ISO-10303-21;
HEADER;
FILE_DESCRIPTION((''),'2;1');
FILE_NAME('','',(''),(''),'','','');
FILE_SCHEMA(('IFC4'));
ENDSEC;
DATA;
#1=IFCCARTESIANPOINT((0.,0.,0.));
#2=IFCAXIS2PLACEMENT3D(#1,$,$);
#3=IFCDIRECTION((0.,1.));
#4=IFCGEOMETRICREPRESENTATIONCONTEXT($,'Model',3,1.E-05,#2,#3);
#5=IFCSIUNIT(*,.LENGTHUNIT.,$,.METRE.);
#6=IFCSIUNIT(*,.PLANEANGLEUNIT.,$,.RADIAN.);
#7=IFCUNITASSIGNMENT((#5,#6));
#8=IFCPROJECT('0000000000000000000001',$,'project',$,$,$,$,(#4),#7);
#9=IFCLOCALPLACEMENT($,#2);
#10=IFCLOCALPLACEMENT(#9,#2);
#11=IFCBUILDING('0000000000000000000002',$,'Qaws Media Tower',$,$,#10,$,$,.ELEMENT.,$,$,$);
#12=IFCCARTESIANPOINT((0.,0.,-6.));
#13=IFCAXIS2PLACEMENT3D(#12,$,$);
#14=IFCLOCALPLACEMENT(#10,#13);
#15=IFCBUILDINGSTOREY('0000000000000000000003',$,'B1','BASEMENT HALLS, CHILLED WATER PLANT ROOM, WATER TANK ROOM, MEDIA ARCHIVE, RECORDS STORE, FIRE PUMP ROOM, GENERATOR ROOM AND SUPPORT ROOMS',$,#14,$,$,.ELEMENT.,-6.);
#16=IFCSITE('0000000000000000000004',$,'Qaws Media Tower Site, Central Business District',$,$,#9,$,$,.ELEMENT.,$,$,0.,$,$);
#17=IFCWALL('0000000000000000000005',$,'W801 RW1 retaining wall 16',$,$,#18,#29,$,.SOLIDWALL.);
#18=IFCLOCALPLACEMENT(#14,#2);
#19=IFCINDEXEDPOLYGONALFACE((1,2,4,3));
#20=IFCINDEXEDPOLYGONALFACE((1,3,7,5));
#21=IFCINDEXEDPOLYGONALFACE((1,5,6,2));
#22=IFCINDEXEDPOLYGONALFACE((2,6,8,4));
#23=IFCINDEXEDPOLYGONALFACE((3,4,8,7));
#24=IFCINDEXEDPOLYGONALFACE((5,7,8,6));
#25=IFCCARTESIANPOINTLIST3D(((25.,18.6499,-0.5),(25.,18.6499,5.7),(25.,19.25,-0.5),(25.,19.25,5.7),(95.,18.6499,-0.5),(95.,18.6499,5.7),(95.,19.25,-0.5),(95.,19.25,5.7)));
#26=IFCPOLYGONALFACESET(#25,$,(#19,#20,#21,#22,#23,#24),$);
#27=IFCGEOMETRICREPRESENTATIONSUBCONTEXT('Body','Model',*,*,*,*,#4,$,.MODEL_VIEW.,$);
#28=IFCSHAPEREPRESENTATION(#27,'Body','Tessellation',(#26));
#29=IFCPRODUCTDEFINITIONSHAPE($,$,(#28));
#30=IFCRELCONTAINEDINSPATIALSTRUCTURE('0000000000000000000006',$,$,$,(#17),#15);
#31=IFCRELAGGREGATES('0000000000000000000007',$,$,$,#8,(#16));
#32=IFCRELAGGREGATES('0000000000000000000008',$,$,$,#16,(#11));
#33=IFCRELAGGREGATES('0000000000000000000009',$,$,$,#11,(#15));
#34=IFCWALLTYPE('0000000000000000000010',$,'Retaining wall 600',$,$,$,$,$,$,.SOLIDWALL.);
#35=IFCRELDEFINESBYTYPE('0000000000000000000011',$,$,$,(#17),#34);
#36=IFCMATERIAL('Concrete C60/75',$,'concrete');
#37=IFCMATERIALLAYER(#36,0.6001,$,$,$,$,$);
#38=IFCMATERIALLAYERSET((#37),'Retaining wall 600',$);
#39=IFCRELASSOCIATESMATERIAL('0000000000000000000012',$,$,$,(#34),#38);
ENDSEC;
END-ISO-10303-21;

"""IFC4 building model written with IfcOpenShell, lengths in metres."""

from ifc_helpers import new_model, si_unit, direction, frame, frame_2d, origin, place, context, subcontext, project, spatial, rectangle, extrude, material, layer, layer_set, type_object, element, save


model = new_model("IFC4")

# Units and contexts
model_context = context("Model", 3, precision=1e-05, world=origin(), true_north=direction((0.0, 1.0)))
body_context = subcontext(model_context, "Body", "Model", "MODEL_VIEW")
ifc_project = project(units=[si_unit("LENGTHUNIT", "METRE"), si_unit("PLANEANGLEUNIT", "RADIAN")], contexts=[model_context])

# Site, building, storey
site_placement = place(None, origin())
site = spatial("IfcSite", under=ifc_project, at=site_placement, Name="Qaws Media Tower Site, Central Business District", CompositionType="ELEMENT", RefElevation=0.0)
building_placement = place(site_placement, origin())
building = spatial("IfcBuilding", under=site, at=building_placement, Name="Qaws Media Tower", CompositionType="ELEMENT")
storey_placement = place(building_placement, frame((0.0, 0.0, -6.0)))
storey = spatial("IfcBuildingStorey", under=building, at=storey_placement, Name="B1", Description="BASEMENT HALLS, CHILLED WATER PLANT ROOM, WATER TANK ROOM, MEDIA ARCHIVE, RECORDS STORE, FIRE PUMP ROOM, GENERATOR ROOM AND SUPPORT ROOMS", CompositionType="ELEMENT", Elevation=-6.0)

# Wall
ifc_material_1 = material(Name="Concrete C60/75", Category="concrete")
ifc_layer_1 = layer(ifc_material_1, 0.6001)
ifc_layer_set_1 = layer_set([ifc_layer_1], Name="Retaining wall 600")
wall_type = type_object("IfcWallType", Name="Retaining wall 600", PredefinedType="SOLIDWALL", material=ifc_layer_set_1)
wall_1_placement = place(storey_placement, frame((25.0, 18.95, -0.5), z_axis=(0.0, 0.0, 1.0), x_axis=(1.0, 0.0, 0.0)))
element("IfcWall", 1, at=wall_1_placement, inside=storey, type_object=wall_type, Name="W801 RW1 retaining wall 16", PredefinedType="SOLIDWALL", context=body_context, shape_type="SweptSolid", body=[
    extrude(rectangle(XDim=70.0, YDim=0.6001, at=frame_2d((35.0, 0.0))), origin(), (0.0, 0.0, 1.0), 6.2),
])

save(model, "model.ifc")
